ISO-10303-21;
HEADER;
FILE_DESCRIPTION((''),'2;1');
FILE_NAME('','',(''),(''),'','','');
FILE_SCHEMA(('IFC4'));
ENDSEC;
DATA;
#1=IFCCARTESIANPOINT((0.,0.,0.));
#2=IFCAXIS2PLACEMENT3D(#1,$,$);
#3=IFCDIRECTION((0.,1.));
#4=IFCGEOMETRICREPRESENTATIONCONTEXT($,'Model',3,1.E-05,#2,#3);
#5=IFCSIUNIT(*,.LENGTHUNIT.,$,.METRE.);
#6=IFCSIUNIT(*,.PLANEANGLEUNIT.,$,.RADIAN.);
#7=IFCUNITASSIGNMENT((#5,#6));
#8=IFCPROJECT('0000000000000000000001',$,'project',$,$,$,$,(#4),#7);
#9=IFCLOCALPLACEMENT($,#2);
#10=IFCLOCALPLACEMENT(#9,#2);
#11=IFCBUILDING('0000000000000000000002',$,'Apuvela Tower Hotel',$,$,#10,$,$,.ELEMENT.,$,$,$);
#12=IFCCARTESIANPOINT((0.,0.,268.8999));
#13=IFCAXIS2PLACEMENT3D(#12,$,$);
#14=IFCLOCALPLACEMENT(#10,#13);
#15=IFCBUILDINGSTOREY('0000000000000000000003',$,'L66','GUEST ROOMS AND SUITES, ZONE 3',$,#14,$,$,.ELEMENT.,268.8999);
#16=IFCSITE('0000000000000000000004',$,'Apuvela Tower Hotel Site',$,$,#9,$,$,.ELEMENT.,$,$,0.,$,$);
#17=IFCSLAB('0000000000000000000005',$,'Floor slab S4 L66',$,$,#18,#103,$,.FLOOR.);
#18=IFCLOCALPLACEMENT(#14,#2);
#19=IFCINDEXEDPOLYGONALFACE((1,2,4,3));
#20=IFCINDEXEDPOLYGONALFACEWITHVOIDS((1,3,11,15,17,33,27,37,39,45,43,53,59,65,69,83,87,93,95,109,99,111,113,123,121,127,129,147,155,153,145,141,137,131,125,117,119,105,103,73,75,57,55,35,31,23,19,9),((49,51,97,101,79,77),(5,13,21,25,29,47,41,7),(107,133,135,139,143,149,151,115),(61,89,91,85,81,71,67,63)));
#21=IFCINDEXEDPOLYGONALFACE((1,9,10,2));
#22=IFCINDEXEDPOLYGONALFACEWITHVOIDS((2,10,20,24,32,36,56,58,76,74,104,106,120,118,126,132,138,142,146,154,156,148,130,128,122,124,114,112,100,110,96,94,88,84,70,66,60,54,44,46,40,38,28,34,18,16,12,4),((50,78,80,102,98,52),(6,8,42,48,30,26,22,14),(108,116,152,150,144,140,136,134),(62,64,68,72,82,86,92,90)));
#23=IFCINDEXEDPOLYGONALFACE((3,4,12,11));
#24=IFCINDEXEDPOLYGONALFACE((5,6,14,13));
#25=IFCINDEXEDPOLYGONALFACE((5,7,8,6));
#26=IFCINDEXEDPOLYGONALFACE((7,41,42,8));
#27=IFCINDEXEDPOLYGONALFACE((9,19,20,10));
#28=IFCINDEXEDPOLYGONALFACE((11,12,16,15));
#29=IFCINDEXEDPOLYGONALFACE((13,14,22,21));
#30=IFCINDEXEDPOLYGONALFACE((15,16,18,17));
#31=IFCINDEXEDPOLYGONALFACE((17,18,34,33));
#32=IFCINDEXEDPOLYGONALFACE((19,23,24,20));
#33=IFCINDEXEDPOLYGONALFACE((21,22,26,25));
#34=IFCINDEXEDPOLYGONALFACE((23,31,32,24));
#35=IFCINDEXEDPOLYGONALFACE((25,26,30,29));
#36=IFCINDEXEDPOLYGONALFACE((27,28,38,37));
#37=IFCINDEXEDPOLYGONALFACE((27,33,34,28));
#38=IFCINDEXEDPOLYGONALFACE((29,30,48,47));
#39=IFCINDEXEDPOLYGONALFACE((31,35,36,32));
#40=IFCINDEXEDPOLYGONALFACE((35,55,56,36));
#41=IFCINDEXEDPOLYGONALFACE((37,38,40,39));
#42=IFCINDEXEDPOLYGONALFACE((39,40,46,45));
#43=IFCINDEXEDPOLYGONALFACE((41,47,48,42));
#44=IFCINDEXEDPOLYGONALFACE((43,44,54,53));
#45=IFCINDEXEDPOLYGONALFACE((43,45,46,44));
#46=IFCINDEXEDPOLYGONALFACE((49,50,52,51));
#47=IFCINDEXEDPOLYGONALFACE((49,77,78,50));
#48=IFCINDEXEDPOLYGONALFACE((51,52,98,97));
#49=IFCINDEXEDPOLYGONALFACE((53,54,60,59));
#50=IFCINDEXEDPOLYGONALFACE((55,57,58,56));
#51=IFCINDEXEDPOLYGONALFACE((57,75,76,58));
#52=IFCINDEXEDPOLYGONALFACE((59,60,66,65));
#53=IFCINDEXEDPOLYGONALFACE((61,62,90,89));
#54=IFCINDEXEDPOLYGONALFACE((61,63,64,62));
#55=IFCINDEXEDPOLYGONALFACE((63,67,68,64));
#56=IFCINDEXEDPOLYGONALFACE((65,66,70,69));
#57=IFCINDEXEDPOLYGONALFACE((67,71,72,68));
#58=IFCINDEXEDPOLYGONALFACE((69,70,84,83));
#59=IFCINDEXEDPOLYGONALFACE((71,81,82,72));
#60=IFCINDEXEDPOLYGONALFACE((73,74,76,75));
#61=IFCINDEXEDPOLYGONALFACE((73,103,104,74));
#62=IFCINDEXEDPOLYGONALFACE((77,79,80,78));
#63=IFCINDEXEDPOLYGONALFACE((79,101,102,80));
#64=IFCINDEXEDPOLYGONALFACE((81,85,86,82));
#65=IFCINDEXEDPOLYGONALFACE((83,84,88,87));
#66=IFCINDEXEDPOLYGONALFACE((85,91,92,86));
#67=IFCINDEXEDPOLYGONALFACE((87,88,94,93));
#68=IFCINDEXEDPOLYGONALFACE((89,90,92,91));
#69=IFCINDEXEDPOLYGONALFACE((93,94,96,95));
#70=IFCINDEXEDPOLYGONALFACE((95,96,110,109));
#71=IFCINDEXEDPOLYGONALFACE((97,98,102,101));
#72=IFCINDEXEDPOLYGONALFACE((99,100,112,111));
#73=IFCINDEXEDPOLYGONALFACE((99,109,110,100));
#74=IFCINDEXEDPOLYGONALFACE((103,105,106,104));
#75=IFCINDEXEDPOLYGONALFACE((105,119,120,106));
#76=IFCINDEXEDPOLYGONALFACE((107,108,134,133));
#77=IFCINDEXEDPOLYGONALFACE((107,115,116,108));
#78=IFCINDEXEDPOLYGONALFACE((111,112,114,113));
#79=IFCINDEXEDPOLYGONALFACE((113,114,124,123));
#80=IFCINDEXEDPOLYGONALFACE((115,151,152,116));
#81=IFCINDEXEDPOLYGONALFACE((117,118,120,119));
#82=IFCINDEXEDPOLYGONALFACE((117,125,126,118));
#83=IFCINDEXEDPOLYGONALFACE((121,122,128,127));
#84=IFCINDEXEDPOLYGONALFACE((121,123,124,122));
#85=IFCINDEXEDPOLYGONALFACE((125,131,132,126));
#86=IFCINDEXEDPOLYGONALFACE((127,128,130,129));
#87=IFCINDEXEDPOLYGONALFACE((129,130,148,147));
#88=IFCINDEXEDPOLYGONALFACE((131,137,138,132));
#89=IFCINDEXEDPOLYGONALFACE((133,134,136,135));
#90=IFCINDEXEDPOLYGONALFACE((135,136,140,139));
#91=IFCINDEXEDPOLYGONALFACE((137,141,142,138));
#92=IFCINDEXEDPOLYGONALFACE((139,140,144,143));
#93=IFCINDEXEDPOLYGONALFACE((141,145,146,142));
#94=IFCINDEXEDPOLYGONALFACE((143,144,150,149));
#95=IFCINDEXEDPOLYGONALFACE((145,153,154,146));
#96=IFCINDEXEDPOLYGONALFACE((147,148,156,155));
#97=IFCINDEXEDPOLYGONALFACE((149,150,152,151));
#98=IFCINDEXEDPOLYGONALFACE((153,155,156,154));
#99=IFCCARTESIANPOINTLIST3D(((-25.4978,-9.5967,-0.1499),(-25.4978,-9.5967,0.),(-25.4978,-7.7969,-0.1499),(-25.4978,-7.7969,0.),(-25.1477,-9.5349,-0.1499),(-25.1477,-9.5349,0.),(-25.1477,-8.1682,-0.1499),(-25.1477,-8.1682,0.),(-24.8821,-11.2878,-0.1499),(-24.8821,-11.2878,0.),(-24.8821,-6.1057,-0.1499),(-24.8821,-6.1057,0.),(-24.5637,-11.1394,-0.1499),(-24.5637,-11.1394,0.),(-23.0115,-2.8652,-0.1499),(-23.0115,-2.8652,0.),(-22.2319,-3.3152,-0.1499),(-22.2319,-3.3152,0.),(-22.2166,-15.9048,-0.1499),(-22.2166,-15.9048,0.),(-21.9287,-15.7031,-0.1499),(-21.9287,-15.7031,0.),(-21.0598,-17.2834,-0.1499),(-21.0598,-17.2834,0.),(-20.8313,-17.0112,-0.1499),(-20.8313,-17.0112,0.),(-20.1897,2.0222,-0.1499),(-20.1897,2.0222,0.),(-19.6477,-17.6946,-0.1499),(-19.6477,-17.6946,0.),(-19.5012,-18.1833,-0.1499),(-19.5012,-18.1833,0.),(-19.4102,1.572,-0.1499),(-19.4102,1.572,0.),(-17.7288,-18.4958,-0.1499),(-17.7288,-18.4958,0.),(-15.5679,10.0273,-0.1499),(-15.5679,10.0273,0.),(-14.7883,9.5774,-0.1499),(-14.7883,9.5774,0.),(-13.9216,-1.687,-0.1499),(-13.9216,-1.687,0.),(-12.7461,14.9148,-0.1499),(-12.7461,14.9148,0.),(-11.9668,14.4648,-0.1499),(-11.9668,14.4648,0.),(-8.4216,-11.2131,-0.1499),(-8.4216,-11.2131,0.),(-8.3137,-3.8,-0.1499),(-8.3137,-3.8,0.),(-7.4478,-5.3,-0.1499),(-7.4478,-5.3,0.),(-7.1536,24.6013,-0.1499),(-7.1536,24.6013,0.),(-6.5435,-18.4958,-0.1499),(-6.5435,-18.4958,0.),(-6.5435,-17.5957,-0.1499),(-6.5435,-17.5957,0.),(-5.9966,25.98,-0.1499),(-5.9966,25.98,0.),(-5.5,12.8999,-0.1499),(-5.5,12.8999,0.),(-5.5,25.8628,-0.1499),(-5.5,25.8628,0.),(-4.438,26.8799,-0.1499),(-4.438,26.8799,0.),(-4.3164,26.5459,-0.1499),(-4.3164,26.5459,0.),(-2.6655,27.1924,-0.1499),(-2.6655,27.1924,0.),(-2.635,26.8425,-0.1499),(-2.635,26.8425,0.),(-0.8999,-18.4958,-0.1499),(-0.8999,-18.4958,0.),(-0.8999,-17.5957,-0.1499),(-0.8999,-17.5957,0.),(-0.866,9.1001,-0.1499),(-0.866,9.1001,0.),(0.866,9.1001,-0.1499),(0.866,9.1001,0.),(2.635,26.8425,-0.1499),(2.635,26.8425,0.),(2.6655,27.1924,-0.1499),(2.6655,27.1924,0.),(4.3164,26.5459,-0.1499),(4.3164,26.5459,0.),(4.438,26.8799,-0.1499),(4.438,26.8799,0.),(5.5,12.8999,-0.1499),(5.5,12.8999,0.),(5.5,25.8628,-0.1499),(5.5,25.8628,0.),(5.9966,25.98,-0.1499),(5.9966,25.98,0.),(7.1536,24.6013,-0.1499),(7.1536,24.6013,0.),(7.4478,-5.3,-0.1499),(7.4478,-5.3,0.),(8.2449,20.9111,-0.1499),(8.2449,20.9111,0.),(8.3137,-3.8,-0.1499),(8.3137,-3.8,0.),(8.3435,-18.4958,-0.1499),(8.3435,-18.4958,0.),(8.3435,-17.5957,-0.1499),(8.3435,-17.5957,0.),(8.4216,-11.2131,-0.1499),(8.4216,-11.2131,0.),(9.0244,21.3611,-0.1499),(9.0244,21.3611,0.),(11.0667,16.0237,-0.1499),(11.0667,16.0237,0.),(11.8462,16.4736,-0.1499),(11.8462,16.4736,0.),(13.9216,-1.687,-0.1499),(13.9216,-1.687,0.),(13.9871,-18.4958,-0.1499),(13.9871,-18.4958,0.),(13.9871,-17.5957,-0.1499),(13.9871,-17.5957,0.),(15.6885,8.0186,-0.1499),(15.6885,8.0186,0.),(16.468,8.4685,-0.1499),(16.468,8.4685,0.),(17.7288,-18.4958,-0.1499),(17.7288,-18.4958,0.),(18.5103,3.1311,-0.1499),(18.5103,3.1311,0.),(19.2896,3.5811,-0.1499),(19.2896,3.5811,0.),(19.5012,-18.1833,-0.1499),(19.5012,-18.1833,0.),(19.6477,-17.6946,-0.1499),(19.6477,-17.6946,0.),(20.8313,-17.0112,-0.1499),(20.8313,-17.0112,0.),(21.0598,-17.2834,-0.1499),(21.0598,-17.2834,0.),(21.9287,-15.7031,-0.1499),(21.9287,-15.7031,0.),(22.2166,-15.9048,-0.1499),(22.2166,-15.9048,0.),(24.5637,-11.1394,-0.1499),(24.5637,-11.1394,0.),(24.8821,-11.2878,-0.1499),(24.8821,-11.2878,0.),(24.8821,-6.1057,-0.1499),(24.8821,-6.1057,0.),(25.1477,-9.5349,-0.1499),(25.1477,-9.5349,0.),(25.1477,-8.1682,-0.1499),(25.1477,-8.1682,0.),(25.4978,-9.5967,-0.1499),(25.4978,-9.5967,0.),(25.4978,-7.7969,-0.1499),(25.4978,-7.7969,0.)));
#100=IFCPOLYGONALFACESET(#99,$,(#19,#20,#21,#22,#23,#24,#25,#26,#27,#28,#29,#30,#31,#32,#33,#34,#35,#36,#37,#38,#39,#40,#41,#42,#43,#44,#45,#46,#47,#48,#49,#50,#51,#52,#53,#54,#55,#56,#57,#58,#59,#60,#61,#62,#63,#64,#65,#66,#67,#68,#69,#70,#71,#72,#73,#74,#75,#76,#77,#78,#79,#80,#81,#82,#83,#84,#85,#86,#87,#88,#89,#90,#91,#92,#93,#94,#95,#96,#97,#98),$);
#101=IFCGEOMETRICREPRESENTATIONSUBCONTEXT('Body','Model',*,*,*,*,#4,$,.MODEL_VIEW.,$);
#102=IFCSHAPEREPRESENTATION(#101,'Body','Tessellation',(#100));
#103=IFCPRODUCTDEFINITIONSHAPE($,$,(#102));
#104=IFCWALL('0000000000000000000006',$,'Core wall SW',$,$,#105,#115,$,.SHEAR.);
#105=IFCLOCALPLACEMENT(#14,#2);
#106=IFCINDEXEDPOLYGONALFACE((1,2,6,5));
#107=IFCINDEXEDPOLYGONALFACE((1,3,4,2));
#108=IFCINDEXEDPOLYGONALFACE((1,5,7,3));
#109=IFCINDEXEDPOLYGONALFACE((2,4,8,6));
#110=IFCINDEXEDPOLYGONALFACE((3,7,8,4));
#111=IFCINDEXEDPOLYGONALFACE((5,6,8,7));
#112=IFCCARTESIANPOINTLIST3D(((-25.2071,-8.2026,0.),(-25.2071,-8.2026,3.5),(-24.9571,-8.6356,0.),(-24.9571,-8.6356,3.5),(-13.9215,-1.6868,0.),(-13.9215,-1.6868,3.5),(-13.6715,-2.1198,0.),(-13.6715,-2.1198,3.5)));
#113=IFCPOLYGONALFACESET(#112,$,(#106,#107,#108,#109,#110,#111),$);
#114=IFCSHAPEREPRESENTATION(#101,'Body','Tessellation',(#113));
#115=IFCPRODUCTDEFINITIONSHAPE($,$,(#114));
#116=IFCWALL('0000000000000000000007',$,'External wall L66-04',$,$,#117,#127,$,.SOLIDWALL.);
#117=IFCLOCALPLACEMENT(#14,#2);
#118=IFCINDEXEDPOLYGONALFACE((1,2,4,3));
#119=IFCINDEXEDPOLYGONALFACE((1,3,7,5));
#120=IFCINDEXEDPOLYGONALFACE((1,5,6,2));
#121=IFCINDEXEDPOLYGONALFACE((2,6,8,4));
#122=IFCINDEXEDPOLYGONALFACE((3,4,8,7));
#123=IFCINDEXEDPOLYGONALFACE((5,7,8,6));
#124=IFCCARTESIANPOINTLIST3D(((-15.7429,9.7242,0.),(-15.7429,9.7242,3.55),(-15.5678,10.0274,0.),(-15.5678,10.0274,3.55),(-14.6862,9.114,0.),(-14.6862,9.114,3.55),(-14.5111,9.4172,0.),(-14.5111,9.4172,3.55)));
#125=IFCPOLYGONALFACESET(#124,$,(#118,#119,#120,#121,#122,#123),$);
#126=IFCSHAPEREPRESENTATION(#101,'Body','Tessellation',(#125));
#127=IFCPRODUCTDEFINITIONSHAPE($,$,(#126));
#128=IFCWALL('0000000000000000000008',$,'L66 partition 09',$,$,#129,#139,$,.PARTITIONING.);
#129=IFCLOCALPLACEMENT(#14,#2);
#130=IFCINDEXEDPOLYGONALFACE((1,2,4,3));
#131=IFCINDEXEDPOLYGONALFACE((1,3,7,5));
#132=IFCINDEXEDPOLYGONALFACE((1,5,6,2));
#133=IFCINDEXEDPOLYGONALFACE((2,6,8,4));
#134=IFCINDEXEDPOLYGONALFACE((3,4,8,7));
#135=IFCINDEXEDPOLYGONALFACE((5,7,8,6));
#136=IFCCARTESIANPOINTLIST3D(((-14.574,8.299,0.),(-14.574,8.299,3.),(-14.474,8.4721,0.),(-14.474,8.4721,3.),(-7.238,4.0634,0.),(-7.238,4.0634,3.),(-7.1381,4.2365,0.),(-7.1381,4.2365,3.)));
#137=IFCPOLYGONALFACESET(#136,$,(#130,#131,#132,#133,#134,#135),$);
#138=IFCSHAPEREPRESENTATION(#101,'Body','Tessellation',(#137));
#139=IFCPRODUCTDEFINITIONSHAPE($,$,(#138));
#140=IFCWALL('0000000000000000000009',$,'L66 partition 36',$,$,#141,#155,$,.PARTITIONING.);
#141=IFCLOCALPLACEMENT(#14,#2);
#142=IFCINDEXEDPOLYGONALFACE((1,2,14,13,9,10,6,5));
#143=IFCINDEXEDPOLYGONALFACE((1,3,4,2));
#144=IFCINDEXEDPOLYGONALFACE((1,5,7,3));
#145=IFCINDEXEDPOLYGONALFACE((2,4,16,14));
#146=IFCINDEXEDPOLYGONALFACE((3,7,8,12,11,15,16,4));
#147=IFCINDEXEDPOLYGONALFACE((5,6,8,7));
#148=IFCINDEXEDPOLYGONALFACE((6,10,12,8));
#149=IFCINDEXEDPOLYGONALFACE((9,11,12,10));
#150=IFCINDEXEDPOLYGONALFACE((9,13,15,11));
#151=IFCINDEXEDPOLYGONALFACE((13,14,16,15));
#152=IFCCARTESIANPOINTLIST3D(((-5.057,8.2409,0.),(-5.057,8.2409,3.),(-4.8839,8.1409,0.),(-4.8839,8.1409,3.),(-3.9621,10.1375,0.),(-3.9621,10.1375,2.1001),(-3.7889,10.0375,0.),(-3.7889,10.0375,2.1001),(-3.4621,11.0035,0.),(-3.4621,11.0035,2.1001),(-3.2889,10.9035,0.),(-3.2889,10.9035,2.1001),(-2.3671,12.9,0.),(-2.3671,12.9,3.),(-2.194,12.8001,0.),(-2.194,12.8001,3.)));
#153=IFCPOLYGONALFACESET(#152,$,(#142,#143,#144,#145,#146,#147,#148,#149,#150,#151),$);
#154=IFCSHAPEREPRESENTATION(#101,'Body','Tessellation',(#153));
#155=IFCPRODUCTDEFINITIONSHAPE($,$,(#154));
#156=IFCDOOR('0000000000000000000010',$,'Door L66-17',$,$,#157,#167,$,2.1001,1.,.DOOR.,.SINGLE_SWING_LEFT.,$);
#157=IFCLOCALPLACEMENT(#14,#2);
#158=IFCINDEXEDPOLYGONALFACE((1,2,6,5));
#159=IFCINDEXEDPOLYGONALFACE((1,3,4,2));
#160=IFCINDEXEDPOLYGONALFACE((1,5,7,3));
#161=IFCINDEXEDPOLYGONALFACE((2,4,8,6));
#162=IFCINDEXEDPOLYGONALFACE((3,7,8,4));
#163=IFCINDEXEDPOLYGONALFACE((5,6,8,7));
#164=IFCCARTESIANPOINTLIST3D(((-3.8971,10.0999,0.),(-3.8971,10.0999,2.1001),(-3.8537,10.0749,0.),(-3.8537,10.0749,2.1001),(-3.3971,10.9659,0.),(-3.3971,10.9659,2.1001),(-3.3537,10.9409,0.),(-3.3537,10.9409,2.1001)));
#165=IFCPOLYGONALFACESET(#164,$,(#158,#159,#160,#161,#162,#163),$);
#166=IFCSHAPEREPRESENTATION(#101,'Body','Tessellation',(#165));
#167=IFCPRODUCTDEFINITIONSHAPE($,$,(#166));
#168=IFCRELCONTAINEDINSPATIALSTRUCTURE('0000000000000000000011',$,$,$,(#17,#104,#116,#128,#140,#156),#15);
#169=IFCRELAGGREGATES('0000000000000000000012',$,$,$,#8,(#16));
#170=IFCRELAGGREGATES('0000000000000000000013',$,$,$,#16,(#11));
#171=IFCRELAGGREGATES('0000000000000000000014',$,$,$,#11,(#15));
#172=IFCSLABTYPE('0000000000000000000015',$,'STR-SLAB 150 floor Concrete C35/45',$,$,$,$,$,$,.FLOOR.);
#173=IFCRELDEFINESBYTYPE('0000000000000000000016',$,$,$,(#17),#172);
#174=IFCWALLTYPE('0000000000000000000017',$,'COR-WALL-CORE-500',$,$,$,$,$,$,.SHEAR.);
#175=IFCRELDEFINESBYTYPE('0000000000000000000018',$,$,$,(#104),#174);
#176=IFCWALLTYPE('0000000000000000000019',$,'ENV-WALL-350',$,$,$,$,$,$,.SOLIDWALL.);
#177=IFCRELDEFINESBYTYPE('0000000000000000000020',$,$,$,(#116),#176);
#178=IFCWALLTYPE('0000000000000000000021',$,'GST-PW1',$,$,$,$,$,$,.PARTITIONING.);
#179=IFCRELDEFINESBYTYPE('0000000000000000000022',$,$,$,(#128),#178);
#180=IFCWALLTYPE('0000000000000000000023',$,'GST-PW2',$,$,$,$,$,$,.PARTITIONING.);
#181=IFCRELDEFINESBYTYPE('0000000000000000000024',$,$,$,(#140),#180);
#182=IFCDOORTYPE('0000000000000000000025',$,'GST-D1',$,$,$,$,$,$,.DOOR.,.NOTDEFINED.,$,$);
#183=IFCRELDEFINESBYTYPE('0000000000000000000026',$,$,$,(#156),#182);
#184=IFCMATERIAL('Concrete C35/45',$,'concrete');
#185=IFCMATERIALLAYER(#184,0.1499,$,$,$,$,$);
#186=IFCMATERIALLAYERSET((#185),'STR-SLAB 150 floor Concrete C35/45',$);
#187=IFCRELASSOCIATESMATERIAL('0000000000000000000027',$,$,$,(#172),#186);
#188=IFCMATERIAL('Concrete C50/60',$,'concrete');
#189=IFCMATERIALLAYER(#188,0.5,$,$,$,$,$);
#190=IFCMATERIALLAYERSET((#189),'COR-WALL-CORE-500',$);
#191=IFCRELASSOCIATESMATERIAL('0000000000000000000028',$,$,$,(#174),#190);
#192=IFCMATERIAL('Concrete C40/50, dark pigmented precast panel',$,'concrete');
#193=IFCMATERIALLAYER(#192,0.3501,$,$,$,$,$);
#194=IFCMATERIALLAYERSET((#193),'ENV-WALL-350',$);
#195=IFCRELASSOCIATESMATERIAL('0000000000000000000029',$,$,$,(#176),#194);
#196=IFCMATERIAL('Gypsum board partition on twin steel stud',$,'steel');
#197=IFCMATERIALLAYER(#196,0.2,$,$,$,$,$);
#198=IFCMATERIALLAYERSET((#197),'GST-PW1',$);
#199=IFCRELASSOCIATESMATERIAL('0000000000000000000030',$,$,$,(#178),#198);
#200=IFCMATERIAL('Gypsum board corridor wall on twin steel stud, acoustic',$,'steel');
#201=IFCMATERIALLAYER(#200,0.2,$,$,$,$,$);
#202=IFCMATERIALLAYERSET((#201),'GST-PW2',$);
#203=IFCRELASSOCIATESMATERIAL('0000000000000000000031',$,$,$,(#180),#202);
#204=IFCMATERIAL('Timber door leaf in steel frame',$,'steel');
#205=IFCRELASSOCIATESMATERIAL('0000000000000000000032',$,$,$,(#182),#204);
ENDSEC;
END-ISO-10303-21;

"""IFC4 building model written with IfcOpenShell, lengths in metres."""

from ifc_helpers import new_model, si_unit, direction, frame, frame_2d, origin, place, context, subcontext, project, spatial, polyline, rectangle, outline, extrude, material, layer, layer_set, type_object, element, fill, save


model = new_model("IFC4")

# Units and contexts
model_context = context("Model", 3, precision=1e-05, world=origin(), true_north=direction((0.0, 1.0)))
body_context = subcontext(model_context, "Body", "Model", "MODEL_VIEW")
ifc_project = project(units=[si_unit("LENGTHUNIT", "METRE"), si_unit("PLANEANGLEUNIT", "RADIAN")], contexts=[model_context])

# Site, building, storey
site_placement = place(None, origin())
site = spatial("IfcSite", under=ifc_project, at=site_placement, Name="Apuvela Tower Hotel Site", CompositionType="ELEMENT", RefElevation=0.0)
building_placement = place(site_placement, origin())
building = spatial("IfcBuilding", under=site, at=building_placement, Name="Apuvela Tower Hotel", CompositionType="ELEMENT")
storey_placement = place(building_placement, frame((0.0, 0.0, 268.8999)))
storey = spatial("IfcBuildingStorey", under=building, at=storey_placement, Name="L66", Description="GUEST ROOMS AND SUITES, ZONE 3", CompositionType="ELEMENT", Elevation=268.8999)

# Slab
ifc_material_1 = material(Name="Concrete C35/45", Category="concrete")
ifc_layer_1 = layer(ifc_material_1, 0.1499)
ifc_layer_set_1 = layer_set([ifc_layer_1], Name="STR-SLAB 150 floor Concrete C35/45")
slab_type_1 = type_object("IfcSlabType", Name="STR-SLAB 150 floor Concrete C35/45", PredefinedType="FLOOR", material=ifc_layer_set_1)
slab_1_placement = place(storey_placement, frame((0.0, 0.0, -0.1499)))
element("IfcSlab", 1, at=slab_1_placement, inside=storey, type_object=slab_type_1, Name="Floor slab S4 L66", PredefinedType="FLOOR", context=body_context, shape_type="SweptSolid", body=[
    extrude(outline(polyline([(-5.9966, 25.98), (-4.438, 26.8799), (-2.6655, 27.1924), (2.6655, 27.1924), (4.438, 26.8799), (5.9966, 25.98), (7.1536, 24.6013), (9.0244, 21.3611), (8.2449, 20.9111), (11.0667, 16.0237), (11.8462, 16.4736), (16.468, 8.4685), (15.6885, 8.0186), (18.5103, 3.1311), (19.2896, 3.5811), (24.8821, -6.1057), (25.4978, -7.7969), (25.4978, -9.5967), (24.8821, -11.2878), (22.2166, -15.9048), (21.0598, -17.2834), (19.5012, -18.1833), (17.7288, -18.4958), (13.9871, -18.4958), (13.9871, -17.5957), (8.3435, -17.5957), (8.3435, -18.4958), (-0.8999, -18.4958), (-0.8999, -17.5957), (-6.5435, -17.5957), (-6.5435, -18.4958), (-17.7288, -18.4958), (-19.5012, -18.1833), (-21.0598, -17.2834), (-22.2166, -15.9048), (-24.8821, -11.2878), (-25.4978, -9.5967), (-25.4978, -7.7969), (-24.8821, -6.1057), (-23.0115, -2.8652), (-22.2319, -3.3152), (-19.4102, 1.572), (-20.1897, 2.0222), (-15.5679, 10.0273), (-14.7883, 9.5774), (-11.9668, 14.4648), (-12.7461, 14.9148), (-7.1536, 24.6013), (-5.9966, 25.98)]), holes=[polyline([(0.866, 9.1001), (-0.866, 9.1001), (-8.3137, -3.8), (-7.4478, -5.3), (7.4478, -5.3), (8.3137, -3.8), (0.866, 9.1001)]), polyline([(-5.5, 12.8999), (-5.5, 25.8628), (-4.3164, 26.5459), (-2.635, 26.8425), (2.635, 26.8425), (4.3164, 26.5459), (5.5, 25.8628), (5.5, 12.8999), (-5.5, 12.8999)]), polyline([(-8.4216, -11.2131), (-19.6477, -17.6946), (-20.8313, -17.0112), (-21.9287, -15.7031), (-24.5637, -11.1394), (-25.1477, -9.5349), (-25.1477, -8.1682), (-13.9216, -1.687), (-8.4216, -11.2131)]), polyline([(13.9216, -1.687), (25.1477, -8.1682), (25.1477, -9.5349), (24.5637, -11.1394), (21.9287, -15.7031), (20.8313, -17.0112), (19.6477, -17.6946), (8.4216, -11.2131), (13.9216, -1.687)])]), origin(), (0.0, 0.0, 1.0), 0.1499),
])

# Walls
ifc_material_2 = material(Name="Concrete C50/60", Category="concrete")
ifc_layer_2 = layer(ifc_material_2, 0.5)
ifc_layer_set_2 = layer_set([ifc_layer_2], Name="COR-WALL-CORE-500")
wall_type_1 = type_object("IfcWallType", Name="COR-WALL-CORE-500", PredefinedType="SHEAR", material=ifc_layer_set_2)
wall_1_placement = place(storey_placement, frame((-13.7966, -1.9033, 0.0), z_axis=(0.0, 0.0, 1.0), x_axis=(-0.866022, -0.500006, 0.0)))
element("IfcWall", 2, at=wall_1_placement, inside=storey, type_object=wall_type_1, Name="Core wall SW", PredefinedType="SHEAR", context=body_context, shape_type="SweptSolid", body=[
    extrude(rectangle(XDim=13.0315, YDim=0.5, at=frame_2d((6.5156, 0.0))), origin(), (0.0, 0.0, 1.0), 3.5),
])
ifc_material_3 = material(Name="Concrete C40/50, dark pigmented precast panel", Category="concrete")
ifc_layer_3 = layer(ifc_material_3, 0.3501)
ifc_layer_set_3 = layer_set([ifc_layer_3], Name="ENV-WALL-350")
wall_type_2 = type_object("IfcWallType", Name="ENV-WALL-350", PredefinedType="SOLIDWALL", material=ifc_layer_set_3)
wall_2_placement = place(storey_placement, frame((-14.5986, 9.2656, 0.0), z_axis=(0.0, 0.0, 1.0), x_axis=(-0.866006, 0.500034, 0.0)))
element("IfcWall", 3, at=wall_2_placement, inside=storey, type_object=wall_type_2, Name="External wall L66-04", PredefinedType="SOLIDWALL", context=body_context, shape_type="SweptSolid", body=[
    extrude(rectangle(XDim=1.2202, YDim=0.3501, at=frame_2d((0.6101, 0.0))), origin(), (0.0, 0.0, 1.0), 3.55),
])
ifc_material_4 = material(Name="Gypsum board partition on twin steel stud", Category="steel")
ifc_layer_4 = layer(ifc_material_4, 0.2)
ifc_layer_set_4 = layer_set([ifc_layer_4], Name="GST-PW1")
wall_type_3 = type_object("IfcWallType", Name="GST-PW1", PredefinedType="PARTITIONING", material=ifc_layer_set_4)
wall_3_placement = place(storey_placement, frame((-14.5239, 8.3855, 0.0), z_axis=(0.0, 0.0, 1.0), x_axis=(0.866016, -0.500017, 0.0)))
element("IfcWall", 4, at=wall_3_placement, inside=storey, type_object=wall_type_3, Name="L66 partition 09", PredefinedType="PARTITIONING", context=body_context, shape_type="SweptSolid", body=[
    extrude(rectangle(XDim=8.4709, YDim=0.2, at=frame_2d((4.2354, 0.0))), origin(), (0.0, 0.0, 1.0), 3.0),
])

# Wall, opening, door
ifc_material_5 = material(Name="Gypsum board corridor wall on twin steel stud, acoustic", Category="steel")
ifc_layer_5 = layer(ifc_material_5, 0.2)
ifc_layer_set_5 = layer_set([ifc_layer_5], Name="GST-PW2")
wall_type_4 = type_object("IfcWallType", Name="GST-PW2", PredefinedType="PARTITIONING", material=ifc_layer_set_5)
wall_4_placement = place(storey_placement, frame((-4.9705, 8.1909, 0.0), z_axis=(0.0, 0.0, 1.0), x_axis=(0.499995, 0.866028, 0.0)))
wall_4 = element("IfcWall", 5, at=wall_4_placement, inside=storey, type_object=wall_type_4, Name="L66 partition 36", PredefinedType="PARTITIONING", context=body_context, shape_type="SweptSolid", body=[
    extrude(rectangle(XDim=5.3799, YDim=0.2, at=frame_2d((2.6899, 0.0))), origin(), (0.0, 0.0, 1.0), 3.0),
])
opening_1_placement = place(wall_4_placement, frame((2.1899, 0.0, 0.0)))
opening_1 = element("IfcOpeningElement", 6, at=opening_1_placement, cuts=wall_4, PredefinedType="OPENING", context=body_context, shape_type="SweptSolid", body=[
    extrude(rectangle(XDim=1.0, YDim=2.1001, at=frame_2d((0.5, 1.05))), frame((0.0, 0.1099, 0.0), z_axis=(0.0, -1.0, 0.0), x_axis=(1.0, 0.0, 0.0)), (0.0, 0.0, 1.0), 0.22),
])
ifc_material_6 = material(Name="Timber door leaf in steel frame", Category="steel")
door_type_1 = type_object("IfcDoorType", Name="GST-D1", OperationType="NOTDEFINED", PredefinedType="DOOR", material=ifc_material_6)
door_1_placement = place(opening_1_placement, origin())
door_1 = element("IfcDoor", 7, at=door_1_placement, inside=storey, type_object=door_type_1, Name="Door L66-17", OperationType="SINGLE_SWING_LEFT", OverallHeight=2.1001, OverallWidth=1.0, PredefinedType="DOOR", context=body_context, shape_type="SweptSolid", body=[
    extrude(rectangle(XDim=1.0, YDim=2.1001, at=frame_2d((0.5, 1.05))), frame((0.0, 0.0249, 0.0), z_axis=(0.0, -1.0, 0.0), x_axis=(1.0, 0.0, 0.0)), (0.0, 0.0, 1.0), 0.05),
])
fill(opening_1, door_1)

save(model, "model.ifc")
